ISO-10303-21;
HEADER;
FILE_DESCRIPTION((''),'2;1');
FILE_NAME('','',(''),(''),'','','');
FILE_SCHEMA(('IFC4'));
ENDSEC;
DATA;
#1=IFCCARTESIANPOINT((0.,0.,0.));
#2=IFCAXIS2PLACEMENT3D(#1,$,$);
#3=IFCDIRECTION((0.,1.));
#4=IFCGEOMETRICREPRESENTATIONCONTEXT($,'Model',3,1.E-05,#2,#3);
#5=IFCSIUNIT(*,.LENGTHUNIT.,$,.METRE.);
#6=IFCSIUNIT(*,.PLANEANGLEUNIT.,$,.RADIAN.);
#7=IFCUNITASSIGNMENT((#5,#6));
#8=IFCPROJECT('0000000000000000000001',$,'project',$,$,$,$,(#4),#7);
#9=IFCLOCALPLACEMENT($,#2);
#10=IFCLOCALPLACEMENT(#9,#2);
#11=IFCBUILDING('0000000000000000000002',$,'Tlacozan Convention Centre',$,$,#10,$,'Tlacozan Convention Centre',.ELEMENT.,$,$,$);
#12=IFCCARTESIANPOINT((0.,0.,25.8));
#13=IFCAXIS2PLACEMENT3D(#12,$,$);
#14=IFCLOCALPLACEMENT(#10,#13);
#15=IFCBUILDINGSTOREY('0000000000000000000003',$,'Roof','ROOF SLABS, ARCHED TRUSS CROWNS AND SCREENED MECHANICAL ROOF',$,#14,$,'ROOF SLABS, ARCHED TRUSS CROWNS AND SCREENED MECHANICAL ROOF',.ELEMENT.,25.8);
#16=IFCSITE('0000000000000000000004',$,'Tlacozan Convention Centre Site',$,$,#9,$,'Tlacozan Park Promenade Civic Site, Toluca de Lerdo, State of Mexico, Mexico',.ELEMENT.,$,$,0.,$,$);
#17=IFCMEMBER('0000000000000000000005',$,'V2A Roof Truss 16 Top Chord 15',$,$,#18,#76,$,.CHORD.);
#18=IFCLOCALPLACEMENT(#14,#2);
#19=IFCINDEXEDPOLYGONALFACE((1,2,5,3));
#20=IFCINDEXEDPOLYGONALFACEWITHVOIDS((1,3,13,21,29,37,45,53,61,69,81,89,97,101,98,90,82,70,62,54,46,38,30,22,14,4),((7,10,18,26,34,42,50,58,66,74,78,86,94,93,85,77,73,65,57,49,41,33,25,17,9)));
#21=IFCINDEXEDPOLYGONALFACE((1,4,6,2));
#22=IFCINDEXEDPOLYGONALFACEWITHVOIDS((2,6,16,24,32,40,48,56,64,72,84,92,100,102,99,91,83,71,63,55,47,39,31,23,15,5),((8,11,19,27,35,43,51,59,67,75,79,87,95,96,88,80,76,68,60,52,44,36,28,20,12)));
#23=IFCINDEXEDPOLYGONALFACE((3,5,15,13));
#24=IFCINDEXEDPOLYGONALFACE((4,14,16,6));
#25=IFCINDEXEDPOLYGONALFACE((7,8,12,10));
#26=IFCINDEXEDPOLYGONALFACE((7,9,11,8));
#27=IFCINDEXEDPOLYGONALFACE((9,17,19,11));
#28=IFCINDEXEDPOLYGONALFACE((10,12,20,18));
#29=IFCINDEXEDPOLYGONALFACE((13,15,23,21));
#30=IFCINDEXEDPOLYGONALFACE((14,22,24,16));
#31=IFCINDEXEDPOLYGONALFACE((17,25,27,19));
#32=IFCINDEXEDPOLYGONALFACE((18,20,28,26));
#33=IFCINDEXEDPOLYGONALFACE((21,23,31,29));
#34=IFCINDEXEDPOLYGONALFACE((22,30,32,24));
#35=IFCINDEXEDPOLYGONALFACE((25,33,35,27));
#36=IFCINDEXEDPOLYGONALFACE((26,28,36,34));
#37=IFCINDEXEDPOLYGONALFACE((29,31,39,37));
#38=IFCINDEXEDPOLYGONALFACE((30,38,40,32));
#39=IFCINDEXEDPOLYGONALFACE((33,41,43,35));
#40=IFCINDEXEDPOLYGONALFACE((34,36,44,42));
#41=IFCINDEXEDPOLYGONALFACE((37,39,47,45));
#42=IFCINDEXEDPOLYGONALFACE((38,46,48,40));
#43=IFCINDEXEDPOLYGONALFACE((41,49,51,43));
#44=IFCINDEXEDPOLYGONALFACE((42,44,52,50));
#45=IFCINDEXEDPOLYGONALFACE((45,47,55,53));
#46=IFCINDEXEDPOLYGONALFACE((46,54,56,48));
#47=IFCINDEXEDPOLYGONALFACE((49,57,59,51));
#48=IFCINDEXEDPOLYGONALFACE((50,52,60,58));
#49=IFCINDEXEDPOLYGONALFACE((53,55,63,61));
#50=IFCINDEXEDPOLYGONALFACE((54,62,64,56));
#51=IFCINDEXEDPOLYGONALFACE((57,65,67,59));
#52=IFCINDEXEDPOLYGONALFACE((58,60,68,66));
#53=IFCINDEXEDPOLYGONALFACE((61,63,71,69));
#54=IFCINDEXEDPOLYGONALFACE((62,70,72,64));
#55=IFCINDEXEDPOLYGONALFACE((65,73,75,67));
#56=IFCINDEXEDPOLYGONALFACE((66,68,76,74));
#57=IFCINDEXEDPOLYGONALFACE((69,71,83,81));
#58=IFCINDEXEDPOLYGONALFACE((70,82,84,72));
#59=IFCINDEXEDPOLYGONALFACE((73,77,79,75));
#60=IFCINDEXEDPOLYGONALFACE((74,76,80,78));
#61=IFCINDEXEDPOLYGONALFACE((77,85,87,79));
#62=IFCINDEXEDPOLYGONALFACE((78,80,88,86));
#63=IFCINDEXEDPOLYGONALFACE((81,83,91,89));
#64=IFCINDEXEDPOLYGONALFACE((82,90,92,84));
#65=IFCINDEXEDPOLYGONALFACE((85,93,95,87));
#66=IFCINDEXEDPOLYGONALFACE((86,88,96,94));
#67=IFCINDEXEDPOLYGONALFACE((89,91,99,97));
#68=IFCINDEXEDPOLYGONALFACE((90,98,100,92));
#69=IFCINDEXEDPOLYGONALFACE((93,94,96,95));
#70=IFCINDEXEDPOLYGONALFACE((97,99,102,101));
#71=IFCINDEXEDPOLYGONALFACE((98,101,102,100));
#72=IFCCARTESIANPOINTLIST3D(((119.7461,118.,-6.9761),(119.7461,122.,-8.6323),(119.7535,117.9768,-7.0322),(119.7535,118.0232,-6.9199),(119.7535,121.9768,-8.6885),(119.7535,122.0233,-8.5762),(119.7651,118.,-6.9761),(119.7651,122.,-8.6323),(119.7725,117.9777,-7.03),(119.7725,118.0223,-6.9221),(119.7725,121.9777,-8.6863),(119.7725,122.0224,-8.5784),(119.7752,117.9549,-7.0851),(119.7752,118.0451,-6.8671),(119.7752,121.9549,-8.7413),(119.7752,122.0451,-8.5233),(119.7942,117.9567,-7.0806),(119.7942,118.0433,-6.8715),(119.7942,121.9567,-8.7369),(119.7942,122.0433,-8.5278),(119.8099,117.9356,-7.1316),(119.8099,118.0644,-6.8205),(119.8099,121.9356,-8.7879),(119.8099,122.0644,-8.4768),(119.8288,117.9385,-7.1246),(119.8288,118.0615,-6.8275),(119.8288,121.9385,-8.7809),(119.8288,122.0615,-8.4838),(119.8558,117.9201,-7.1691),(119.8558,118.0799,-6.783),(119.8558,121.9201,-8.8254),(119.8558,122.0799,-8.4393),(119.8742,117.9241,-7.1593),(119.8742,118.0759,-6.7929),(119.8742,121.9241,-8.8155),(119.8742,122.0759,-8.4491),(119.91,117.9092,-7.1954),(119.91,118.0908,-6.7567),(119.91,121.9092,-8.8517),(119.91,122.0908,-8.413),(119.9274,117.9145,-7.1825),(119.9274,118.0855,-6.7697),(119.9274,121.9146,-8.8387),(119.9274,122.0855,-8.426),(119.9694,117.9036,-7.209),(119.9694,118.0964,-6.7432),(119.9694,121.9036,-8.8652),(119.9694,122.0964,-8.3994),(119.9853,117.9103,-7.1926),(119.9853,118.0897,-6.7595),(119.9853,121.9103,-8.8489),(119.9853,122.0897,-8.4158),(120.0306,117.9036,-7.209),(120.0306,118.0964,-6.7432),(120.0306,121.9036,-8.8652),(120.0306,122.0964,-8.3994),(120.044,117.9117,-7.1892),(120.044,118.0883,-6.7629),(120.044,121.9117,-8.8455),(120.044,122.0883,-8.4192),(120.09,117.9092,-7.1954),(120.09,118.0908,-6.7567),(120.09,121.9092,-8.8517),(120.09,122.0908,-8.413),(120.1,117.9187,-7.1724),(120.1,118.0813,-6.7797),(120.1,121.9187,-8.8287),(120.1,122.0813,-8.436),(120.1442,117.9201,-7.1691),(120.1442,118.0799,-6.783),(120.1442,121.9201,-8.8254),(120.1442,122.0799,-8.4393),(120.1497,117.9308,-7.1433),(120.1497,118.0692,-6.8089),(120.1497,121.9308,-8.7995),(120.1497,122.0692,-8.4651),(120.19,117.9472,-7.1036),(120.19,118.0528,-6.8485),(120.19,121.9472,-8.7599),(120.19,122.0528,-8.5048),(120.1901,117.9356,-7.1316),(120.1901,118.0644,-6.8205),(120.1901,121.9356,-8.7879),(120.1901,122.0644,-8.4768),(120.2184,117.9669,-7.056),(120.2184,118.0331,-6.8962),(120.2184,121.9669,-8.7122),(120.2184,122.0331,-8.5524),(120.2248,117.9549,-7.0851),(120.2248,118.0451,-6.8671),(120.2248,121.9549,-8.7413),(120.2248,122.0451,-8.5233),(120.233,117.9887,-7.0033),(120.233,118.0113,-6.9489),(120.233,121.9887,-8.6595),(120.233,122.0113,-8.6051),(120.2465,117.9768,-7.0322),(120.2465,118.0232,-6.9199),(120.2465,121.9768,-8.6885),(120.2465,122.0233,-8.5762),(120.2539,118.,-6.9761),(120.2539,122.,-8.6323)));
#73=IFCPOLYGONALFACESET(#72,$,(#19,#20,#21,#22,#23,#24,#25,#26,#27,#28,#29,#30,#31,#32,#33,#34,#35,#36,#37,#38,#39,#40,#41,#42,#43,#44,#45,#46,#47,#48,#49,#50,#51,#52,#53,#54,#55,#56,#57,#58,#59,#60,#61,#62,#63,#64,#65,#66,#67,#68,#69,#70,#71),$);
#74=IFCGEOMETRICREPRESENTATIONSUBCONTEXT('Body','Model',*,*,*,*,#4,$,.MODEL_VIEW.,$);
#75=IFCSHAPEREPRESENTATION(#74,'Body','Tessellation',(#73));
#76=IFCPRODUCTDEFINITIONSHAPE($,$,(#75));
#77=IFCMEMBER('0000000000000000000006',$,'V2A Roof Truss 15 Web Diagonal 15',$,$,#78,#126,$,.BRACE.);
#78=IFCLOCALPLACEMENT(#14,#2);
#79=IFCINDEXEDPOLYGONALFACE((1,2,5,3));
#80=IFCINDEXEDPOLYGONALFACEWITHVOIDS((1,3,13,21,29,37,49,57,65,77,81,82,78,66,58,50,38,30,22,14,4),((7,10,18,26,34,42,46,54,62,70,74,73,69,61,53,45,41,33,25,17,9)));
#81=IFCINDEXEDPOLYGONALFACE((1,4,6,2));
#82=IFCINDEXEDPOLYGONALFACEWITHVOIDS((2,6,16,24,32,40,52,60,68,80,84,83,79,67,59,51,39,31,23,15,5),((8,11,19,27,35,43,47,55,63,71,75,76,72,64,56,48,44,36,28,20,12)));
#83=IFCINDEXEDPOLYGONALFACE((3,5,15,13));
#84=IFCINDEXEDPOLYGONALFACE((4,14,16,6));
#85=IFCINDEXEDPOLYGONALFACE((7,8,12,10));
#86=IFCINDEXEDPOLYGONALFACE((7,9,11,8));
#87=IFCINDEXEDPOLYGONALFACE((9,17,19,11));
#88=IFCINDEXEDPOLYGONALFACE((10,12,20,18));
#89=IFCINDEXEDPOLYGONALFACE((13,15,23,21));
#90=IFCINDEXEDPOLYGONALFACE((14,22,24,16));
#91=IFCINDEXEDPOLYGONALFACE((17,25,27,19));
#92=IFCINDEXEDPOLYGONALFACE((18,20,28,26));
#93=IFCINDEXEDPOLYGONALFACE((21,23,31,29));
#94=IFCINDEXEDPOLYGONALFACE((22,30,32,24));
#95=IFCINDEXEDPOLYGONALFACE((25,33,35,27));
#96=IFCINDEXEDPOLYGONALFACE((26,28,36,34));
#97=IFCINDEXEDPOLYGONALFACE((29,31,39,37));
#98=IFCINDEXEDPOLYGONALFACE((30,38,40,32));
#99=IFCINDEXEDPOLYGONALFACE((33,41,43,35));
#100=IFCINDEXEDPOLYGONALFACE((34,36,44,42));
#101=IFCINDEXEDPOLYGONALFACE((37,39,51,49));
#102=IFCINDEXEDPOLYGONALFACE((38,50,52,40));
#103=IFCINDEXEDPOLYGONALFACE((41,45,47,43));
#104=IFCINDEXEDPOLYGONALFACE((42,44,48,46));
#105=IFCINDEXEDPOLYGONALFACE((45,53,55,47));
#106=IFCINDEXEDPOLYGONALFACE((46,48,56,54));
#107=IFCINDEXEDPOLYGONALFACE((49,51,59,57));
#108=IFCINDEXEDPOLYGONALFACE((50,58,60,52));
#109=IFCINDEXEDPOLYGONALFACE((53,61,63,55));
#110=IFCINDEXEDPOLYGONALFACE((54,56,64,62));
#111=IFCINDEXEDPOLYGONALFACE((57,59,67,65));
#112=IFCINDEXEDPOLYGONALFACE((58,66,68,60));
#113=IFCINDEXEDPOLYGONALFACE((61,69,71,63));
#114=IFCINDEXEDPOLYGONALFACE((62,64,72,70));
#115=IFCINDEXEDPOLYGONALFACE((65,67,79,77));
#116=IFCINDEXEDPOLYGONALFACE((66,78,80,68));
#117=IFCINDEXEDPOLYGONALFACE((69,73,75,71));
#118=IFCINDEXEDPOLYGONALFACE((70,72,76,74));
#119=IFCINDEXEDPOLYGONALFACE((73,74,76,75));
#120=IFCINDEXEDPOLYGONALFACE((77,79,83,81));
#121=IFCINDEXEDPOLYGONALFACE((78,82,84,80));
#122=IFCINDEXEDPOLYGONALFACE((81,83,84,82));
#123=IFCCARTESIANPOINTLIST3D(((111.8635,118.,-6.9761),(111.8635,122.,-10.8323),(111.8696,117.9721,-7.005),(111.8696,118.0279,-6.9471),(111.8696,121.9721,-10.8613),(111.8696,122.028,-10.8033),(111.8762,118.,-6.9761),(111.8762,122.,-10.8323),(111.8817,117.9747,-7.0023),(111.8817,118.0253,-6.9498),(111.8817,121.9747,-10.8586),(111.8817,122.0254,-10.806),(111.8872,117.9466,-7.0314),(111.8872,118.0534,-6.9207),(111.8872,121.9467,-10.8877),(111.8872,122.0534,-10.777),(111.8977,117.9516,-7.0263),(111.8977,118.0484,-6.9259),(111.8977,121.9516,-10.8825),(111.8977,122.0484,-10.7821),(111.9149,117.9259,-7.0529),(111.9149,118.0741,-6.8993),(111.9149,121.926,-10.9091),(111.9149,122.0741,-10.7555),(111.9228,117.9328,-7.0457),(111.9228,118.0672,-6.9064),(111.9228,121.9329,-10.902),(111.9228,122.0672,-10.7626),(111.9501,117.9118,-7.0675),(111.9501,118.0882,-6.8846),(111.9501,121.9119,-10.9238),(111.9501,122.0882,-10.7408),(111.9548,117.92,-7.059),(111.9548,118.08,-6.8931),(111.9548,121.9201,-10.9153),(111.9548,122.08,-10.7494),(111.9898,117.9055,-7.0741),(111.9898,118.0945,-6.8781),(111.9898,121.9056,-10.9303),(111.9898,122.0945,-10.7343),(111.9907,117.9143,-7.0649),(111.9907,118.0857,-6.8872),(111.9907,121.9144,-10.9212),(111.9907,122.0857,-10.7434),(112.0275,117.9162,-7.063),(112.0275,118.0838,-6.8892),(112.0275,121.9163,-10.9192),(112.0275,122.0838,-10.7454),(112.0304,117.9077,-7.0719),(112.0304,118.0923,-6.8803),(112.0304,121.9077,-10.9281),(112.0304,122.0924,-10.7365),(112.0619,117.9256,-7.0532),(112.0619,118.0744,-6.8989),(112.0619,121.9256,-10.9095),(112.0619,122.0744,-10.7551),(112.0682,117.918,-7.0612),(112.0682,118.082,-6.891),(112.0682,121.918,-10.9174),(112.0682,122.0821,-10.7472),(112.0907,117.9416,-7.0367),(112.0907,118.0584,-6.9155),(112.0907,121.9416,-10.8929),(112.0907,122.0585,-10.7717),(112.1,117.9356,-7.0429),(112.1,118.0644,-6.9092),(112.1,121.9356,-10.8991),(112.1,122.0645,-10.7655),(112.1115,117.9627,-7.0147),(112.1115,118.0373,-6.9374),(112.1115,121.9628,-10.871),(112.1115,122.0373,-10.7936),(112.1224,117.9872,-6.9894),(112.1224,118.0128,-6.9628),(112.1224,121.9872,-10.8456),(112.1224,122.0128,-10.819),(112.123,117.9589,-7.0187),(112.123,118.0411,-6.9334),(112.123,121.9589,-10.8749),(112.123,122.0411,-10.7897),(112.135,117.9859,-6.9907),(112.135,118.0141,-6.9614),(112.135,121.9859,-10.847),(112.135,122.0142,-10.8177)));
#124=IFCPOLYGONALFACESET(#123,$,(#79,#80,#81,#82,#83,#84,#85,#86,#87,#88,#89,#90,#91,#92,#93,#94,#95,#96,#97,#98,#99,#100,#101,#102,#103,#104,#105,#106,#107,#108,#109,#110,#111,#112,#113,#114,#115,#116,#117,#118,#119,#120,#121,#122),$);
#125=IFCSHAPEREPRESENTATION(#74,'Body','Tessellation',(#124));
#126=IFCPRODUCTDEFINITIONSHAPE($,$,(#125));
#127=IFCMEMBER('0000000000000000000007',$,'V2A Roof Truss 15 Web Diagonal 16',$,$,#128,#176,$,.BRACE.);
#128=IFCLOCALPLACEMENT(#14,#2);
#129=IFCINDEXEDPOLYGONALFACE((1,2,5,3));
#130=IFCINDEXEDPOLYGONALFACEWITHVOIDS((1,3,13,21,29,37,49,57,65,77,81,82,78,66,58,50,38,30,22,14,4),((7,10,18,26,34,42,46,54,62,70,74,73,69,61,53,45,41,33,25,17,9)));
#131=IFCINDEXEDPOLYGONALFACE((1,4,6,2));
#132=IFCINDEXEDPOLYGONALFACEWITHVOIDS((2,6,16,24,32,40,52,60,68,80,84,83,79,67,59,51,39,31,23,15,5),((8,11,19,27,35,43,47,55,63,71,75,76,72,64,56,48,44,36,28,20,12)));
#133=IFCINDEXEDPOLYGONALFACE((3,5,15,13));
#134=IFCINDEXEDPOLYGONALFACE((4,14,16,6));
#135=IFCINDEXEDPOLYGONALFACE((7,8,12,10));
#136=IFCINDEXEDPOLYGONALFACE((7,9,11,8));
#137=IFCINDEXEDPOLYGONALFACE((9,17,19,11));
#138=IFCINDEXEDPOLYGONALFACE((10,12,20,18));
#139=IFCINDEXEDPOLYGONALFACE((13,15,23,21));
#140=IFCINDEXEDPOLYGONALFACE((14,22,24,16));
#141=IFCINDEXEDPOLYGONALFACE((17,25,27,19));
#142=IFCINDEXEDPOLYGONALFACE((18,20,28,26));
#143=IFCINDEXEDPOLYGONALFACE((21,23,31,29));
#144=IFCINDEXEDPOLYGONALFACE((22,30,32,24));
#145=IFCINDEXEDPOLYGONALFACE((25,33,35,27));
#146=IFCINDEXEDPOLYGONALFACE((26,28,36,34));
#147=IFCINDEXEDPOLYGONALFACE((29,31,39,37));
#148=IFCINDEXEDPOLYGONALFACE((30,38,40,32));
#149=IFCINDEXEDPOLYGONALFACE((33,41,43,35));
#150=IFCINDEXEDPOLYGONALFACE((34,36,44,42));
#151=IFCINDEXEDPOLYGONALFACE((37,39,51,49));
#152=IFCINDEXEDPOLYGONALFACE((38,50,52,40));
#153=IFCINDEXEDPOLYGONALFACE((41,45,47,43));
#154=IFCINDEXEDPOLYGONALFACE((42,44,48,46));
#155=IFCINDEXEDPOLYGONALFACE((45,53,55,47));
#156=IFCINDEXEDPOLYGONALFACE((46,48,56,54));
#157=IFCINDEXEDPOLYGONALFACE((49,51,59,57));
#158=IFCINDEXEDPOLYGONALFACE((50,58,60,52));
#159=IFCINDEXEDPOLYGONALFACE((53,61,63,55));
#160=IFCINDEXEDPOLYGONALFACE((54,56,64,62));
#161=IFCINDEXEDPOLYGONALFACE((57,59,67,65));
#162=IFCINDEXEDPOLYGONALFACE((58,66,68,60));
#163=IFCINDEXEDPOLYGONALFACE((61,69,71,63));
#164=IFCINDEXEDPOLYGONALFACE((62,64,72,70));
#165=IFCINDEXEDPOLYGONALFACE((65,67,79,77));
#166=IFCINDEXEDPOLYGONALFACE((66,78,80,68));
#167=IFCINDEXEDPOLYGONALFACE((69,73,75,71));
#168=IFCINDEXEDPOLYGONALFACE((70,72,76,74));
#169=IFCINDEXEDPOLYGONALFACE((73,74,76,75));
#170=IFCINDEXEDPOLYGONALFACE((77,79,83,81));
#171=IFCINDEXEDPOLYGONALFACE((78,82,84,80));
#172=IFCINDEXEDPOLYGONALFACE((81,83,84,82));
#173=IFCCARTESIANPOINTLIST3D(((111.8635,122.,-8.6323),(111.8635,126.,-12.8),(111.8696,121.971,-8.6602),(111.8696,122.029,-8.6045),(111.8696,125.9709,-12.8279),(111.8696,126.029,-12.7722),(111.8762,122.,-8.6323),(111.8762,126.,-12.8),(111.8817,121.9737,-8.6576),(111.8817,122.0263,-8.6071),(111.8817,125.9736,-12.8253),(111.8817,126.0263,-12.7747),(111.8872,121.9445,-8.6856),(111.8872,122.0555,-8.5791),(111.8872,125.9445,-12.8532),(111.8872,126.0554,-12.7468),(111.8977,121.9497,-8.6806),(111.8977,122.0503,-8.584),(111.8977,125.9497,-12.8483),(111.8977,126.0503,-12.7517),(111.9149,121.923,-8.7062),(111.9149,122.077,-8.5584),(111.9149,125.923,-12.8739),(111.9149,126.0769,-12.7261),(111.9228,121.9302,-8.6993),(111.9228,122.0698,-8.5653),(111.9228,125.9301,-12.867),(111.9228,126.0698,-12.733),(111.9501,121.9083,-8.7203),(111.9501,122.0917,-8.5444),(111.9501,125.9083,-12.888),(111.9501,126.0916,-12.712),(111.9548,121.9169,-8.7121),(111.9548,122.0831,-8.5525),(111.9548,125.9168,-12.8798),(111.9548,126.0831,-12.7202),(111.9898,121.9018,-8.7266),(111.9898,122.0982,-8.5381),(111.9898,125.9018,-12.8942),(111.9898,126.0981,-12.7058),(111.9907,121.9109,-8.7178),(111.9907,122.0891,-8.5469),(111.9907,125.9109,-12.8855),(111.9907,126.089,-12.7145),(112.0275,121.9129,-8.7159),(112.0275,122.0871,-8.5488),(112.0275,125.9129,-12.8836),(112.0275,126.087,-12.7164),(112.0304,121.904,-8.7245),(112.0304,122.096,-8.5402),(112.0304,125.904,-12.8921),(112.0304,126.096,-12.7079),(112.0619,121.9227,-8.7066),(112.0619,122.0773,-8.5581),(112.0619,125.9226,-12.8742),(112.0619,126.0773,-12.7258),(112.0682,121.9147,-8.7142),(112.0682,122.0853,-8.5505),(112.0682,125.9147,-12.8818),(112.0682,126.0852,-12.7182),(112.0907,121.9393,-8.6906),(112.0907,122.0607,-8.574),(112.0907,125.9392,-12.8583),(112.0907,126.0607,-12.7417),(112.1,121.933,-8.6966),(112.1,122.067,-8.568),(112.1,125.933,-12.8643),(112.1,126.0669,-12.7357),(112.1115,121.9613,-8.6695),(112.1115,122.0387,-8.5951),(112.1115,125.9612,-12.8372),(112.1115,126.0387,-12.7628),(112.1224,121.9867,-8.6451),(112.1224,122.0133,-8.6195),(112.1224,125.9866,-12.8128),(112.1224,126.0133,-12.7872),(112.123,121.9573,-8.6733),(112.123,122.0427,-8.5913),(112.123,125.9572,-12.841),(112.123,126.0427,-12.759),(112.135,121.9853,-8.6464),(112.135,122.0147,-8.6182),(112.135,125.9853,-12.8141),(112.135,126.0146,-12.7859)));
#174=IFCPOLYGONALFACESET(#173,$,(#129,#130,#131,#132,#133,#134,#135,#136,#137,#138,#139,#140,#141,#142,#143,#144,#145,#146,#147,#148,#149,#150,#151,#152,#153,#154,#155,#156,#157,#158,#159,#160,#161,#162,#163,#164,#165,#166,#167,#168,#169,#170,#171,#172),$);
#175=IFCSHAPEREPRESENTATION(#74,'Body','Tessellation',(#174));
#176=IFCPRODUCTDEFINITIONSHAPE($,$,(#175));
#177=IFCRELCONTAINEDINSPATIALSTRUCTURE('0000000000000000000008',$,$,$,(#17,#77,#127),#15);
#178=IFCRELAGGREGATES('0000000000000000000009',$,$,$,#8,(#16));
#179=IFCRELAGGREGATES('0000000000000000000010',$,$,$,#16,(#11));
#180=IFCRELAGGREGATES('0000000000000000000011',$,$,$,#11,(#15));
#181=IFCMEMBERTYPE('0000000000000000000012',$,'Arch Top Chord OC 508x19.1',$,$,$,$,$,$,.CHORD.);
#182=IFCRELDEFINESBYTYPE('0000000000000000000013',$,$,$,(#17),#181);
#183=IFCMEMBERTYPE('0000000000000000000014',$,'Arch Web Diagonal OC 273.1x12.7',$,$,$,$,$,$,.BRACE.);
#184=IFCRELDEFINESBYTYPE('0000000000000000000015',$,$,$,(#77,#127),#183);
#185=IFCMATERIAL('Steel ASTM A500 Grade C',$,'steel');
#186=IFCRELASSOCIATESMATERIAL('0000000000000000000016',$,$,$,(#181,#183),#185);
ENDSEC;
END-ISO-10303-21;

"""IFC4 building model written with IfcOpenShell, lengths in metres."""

from ifc_helpers import new_model, si_unit, direction, frame, origin, origin_2d, place, context, subcontext, project, spatial, hollow_circle, extrude, material, material_profile, profile_set, type_object, element, save


model = new_model("IFC4")

# Units and contexts
model_context = context("Model", 3, precision=1e-05, world=origin(), true_north=direction((0.0, 1.0)))
body_context = subcontext(model_context, "Body", "Model", "MODEL_VIEW")
ifc_project = project(units=[si_unit("LENGTHUNIT", "METRE"), si_unit("PLANEANGLEUNIT", "RADIAN")], contexts=[model_context])

# Site, building, storey
site_placement = place(None, origin())
site = spatial("IfcSite", under=ifc_project, at=site_placement, Name="Tlacozan Convention Centre Site", LongName="Tlacozan Park Promenade Civic Site, Toluca de Lerdo, State of Mexico, Mexico", CompositionType="ELEMENT", RefElevation=0.0)
building_placement = place(site_placement, origin())
building = spatial("IfcBuilding", under=site, at=building_placement, Name="Tlacozan Convention Centre", LongName="Tlacozan Convention Centre", CompositionType="ELEMENT")
storey_placement = place(building_placement, frame((0.0, 0.0, 25.8)))
storey = spatial("IfcBuildingStorey", under=building, at=storey_placement, Name="Roof", Description="ROOF SLABS, ARCHED TRUSS CROWNS AND SCREENED MECHANICAL ROOF", LongName="ROOF SLABS, ARCHED TRUSS CROWNS AND SCREENED MECHANICAL ROOF", CompositionType="ELEMENT", Elevation=25.8)

# Members
ifc_material_1 = material(Name="Steel ASTM A500 Grade C", Category="steel")
ifc_material_profile_1 = material_profile(ifc_material_1, hollow_circle(Radius=0.2539, WallThickness=0.019, at=origin_2d()), Name="OC 508.0x19.1")
ifc_profile_set_1 = profile_set([ifc_material_profile_1], Name="Steel ASTM A500 Grade C")
member_type_1 = type_object("IfcMemberType", Name="Arch Top Chord OC 508x19.1", PredefinedType="CHORD", material=ifc_profile_set_1)
member_1_placement = place(storey_placement, frame((120.0, 118.0, -6.9761), z_axis=(0.0, 0.923929, -0.382564), x_axis=(-1.0, 0.0, 0.0)))
element("IfcMember", 1, at=member_1_placement, inside=storey, type_object=member_type_1, Name="V2A Roof Truss 16 Top Chord 15", PredefinedType="CHORD", context=body_context, shape_type="SweptSolid", body=[
    extrude(hollow_circle(Radius=0.2539, WallThickness=0.019, at=origin_2d()), origin(), (0.0, 0.0, 1.0), 4.3293),
])
ifc_material_profile_2 = material_profile(ifc_material_1, hollow_circle(Radius=0.1365, WallThickness=0.0127, at=origin_2d()), Name="OC 273.1x12.7")
ifc_profile_set_2 = profile_set([ifc_material_profile_2], Name="Steel ASTM A500 Grade C")
member_type_2 = type_object("IfcMemberType", Name="Arch Web Diagonal OC 273.1x12.7", PredefinedType="BRACE", material=ifc_profile_set_2)
member_2_placement = place(storey_placement, frame((112.0, 118.0, -6.9761), z_axis=(0.0, 0.719929, -0.694048), x_axis=(-1.0, 0.0, 0.0)))
element("IfcMember", 2, at=member_2_placement, inside=storey, type_object=member_type_2, Name="V2A Roof Truss 15 Web Diagonal 15", PredefinedType="BRACE", context=body_context, shape_type="SweptSolid", body=[
    extrude(hollow_circle(Radius=0.1365, WallThickness=0.0127, at=origin_2d()), origin(), (0.0, 0.0, 1.0), 5.5562),
])
member_3_placement = place(storey_placement, frame((112.0, 122.0, -8.6323), z_axis=(0.0, 0.69244, -0.721475), x_axis=(-1.0, 0.0, 0.0)))
element("IfcMember", 3, at=member_3_placement, inside=storey, type_object=member_type_2, Name="V2A Roof Truss 15 Web Diagonal 16", PredefinedType="BRACE", context=body_context, shape_type="SweptSolid", body=[
    extrude(hollow_circle(Radius=0.1365, WallThickness=0.0127, at=origin_2d()), origin(), (0.0, 0.0, 1.0), 5.7766),
])

save(model, "model.ifc")
